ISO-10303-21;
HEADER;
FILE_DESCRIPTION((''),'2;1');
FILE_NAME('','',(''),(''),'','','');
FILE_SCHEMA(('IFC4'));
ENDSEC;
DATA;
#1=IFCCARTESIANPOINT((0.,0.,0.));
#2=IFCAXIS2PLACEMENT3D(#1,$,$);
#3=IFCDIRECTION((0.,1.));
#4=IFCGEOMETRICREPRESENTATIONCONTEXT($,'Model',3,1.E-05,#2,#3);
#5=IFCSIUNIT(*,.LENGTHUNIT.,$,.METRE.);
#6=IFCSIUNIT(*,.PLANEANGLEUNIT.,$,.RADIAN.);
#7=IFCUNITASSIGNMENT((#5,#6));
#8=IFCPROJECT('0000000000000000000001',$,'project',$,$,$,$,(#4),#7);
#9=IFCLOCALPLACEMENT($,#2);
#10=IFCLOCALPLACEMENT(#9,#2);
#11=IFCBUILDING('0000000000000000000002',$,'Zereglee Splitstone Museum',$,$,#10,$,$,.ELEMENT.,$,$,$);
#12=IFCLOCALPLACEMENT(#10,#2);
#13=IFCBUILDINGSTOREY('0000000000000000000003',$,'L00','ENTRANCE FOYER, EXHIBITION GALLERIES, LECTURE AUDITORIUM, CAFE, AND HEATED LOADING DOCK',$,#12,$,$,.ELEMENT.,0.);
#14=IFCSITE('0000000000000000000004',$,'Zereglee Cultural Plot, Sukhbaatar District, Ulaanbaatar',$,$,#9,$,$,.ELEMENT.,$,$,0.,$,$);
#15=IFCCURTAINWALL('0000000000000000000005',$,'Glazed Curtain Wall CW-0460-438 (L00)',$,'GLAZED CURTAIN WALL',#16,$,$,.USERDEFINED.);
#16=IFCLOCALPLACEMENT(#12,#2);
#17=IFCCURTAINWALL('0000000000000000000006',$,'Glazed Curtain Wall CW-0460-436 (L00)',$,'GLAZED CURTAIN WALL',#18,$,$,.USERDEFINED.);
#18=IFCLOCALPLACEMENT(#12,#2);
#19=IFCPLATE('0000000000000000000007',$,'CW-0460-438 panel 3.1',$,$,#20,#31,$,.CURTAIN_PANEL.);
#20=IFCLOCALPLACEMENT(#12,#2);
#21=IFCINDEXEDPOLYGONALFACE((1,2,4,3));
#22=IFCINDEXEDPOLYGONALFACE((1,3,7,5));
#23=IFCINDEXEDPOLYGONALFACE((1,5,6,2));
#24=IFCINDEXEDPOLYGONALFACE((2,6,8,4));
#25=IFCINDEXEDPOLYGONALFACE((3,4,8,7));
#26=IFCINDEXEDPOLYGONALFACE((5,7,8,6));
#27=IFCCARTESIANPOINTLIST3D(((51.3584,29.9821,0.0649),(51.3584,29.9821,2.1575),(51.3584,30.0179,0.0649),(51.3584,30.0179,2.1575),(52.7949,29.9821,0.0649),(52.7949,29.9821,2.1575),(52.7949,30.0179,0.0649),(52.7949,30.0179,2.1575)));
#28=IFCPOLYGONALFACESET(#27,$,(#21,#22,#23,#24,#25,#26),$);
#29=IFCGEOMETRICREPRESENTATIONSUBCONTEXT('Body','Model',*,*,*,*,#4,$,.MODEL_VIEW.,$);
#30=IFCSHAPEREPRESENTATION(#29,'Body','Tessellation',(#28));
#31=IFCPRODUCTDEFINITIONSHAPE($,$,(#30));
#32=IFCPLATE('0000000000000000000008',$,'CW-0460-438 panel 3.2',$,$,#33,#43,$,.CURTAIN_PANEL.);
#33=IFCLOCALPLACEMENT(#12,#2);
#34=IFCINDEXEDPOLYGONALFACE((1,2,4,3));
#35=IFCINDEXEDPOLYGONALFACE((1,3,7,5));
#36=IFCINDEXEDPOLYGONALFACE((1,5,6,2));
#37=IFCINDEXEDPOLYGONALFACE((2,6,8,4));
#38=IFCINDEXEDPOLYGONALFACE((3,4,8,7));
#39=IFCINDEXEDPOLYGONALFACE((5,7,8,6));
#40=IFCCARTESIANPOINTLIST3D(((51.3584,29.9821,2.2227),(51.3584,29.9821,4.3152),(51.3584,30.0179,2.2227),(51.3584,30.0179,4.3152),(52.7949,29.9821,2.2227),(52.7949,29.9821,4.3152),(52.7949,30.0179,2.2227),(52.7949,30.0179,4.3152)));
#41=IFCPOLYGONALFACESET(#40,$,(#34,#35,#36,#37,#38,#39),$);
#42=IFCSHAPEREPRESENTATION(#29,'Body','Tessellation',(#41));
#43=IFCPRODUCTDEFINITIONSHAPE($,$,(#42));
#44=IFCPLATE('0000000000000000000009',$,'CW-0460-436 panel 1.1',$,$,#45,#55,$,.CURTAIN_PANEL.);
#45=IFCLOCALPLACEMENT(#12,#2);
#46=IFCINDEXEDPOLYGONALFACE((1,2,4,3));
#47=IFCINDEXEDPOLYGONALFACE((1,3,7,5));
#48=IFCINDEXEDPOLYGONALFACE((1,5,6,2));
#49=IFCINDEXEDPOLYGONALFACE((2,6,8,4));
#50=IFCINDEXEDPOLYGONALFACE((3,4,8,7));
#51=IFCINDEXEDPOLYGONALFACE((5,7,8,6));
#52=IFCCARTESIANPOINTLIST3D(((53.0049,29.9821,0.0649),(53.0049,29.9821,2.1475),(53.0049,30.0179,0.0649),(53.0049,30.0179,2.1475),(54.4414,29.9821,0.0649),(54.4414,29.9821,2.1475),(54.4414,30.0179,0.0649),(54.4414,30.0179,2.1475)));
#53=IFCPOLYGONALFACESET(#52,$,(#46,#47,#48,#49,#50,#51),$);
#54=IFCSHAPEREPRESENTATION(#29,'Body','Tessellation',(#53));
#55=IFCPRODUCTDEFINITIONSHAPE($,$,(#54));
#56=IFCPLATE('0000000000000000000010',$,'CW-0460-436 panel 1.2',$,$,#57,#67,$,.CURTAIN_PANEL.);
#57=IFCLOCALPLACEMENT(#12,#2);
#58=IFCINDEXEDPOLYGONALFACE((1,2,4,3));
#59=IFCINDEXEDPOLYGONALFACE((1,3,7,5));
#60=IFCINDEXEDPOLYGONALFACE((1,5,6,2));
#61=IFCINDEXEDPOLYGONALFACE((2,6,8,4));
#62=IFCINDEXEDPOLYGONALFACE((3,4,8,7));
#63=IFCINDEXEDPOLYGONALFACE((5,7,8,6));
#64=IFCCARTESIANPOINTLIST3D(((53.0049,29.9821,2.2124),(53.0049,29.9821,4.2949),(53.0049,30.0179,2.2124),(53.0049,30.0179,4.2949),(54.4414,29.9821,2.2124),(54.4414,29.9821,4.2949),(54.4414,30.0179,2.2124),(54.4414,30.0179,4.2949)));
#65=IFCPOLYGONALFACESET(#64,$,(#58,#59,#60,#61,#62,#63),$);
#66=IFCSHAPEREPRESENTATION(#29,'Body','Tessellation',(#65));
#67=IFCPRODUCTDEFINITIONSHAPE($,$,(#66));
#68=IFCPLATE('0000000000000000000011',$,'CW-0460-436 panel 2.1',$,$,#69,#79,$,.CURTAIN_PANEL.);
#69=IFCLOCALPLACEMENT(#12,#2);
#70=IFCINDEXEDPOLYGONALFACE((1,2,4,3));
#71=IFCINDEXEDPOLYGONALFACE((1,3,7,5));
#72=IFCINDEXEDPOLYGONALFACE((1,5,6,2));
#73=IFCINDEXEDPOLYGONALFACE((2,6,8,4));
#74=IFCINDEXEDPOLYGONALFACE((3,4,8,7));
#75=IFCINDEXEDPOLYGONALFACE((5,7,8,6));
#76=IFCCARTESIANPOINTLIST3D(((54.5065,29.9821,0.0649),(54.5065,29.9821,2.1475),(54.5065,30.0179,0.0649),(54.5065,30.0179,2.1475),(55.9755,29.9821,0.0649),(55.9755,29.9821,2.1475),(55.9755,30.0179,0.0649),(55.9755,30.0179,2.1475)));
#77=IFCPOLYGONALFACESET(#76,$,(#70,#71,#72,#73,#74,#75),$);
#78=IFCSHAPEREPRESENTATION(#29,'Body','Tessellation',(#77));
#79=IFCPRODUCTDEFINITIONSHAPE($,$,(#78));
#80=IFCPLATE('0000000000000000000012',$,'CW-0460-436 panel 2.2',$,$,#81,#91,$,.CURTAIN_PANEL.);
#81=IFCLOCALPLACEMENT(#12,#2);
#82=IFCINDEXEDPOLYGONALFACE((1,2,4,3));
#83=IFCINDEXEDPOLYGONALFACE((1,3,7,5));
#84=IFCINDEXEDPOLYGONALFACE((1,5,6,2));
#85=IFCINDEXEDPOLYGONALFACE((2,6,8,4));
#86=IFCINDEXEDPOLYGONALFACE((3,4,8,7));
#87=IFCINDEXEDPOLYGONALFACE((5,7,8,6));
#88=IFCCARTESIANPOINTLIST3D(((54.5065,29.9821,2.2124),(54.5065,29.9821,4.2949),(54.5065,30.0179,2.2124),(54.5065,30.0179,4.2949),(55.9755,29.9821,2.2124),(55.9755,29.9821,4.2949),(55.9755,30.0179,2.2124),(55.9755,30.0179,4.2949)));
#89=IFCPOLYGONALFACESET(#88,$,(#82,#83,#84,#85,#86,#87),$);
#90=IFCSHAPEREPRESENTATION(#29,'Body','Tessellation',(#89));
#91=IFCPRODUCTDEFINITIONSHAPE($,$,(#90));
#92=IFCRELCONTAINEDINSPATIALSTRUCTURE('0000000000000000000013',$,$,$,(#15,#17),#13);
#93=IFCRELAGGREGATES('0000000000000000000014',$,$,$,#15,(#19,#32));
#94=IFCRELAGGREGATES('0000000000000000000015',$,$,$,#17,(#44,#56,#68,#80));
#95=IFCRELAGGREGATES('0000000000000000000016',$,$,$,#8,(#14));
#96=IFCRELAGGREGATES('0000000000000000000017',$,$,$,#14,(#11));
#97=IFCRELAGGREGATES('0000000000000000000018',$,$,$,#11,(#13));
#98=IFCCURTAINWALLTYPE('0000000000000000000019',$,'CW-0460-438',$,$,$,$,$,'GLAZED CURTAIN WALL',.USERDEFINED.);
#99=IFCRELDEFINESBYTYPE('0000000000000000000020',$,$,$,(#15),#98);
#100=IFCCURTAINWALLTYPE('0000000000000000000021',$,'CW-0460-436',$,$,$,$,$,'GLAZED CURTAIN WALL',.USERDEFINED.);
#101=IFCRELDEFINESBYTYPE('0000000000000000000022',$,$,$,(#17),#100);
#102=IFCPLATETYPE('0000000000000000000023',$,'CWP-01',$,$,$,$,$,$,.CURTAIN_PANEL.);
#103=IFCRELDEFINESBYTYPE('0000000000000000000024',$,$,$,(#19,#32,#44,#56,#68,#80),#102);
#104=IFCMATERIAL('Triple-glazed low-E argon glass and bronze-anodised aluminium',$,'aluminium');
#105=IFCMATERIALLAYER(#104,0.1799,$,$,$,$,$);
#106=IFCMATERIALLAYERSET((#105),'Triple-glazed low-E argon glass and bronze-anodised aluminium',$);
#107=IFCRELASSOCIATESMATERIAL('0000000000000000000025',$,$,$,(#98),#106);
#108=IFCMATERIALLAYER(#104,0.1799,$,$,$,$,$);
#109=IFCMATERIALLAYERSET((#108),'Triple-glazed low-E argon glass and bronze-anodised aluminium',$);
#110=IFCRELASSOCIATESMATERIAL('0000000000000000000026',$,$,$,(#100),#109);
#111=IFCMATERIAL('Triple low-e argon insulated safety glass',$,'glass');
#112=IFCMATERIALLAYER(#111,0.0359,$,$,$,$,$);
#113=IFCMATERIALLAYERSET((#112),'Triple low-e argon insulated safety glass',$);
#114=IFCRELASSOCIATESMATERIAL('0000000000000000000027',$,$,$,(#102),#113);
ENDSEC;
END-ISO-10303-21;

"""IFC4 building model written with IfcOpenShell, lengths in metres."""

from ifc_helpers import new_model, si_unit, direction, frame, origin, origin_2d, place, context, subcontext, project, spatial, rectangle, extrude, material, layer, layer_set, type_object, element, aggregate, save


model = new_model("IFC4")

# Units and contexts
model_context = context("Model", 3, precision=1e-05, world=origin(), true_north=direction((0.0, 1.0)))
body_context = subcontext(model_context, "Body", "Model", "MODEL_VIEW")
ifc_project = project(units=[si_unit("LENGTHUNIT", "METRE"), si_unit("PLANEANGLEUNIT", "RADIAN")], contexts=[model_context])

# Site, building, storey
site_placement = place(None, origin())
site = spatial("IfcSite", under=ifc_project, at=site_placement, Name="Zereglee Cultural Plot, Sukhbaatar District, Ulaanbaatar", CompositionType="ELEMENT", RefElevation=0.0)
building_placement = place(site_placement, origin())
building = spatial("IfcBuilding", under=site, at=building_placement, Name="Zereglee Splitstone Museum", CompositionType="ELEMENT")
storey_placement = place(building_placement, origin())
storey = spatial("IfcBuildingStorey", under=building, at=storey_placement, Name="L00", Description="ENTRANCE FOYER, EXHIBITION GALLERIES, LECTURE AUDITORIUM, CAFE, AND HEATED LOADING DOCK", CompositionType="ELEMENT", Elevation=0.0)

# Curtain walls
ifc_material_1 = material(Name="Triple-glazed low-E argon glass and bronze-anodised aluminium", Category="aluminium")
ifc_layer_1 = layer(ifc_material_1, 0.1799)
ifc_layer_set_1 = layer_set([ifc_layer_1], Name="Triple-glazed low-E argon glass and bronze-anodised aluminium")
curtain_wall_type_1 = type_object("IfcCurtainWallType", Name="CW-0460-438", ElementType="GLAZED CURTAIN WALL", PredefinedType="USERDEFINED", material=ifc_layer_set_1)
curtain_wall_1_placement = place(storey_placement, origin())
curtain_wall_1 = element("IfcCurtainWall", 1, at=curtain_wall_1_placement, inside=storey, type_object=curtain_wall_type_1, Name="Glazed Curtain Wall CW-0460-438 (L00)", ObjectType="GLAZED CURTAIN WALL", PredefinedType="USERDEFINED")
ifc_layer_2 = layer(ifc_material_1, 0.1799)
ifc_layer_set_2 = layer_set([ifc_layer_2], Name="Triple-glazed low-E argon glass and bronze-anodised aluminium")
curtain_wall_type_2 = type_object("IfcCurtainWallType", Name="CW-0460-436", ElementType="GLAZED CURTAIN WALL", PredefinedType="USERDEFINED", material=ifc_layer_set_2)
curtain_wall_2_placement = place(storey_placement, origin())
curtain_wall_2 = element("IfcCurtainWall", 2, at=curtain_wall_2_placement, inside=storey, type_object=curtain_wall_type_2, Name="Glazed Curtain Wall CW-0460-436 (L00)", ObjectType="GLAZED CURTAIN WALL", PredefinedType="USERDEFINED")

# Plates
ifc_material_2 = material(Name="Triple low-e argon insulated safety glass", Category="glass")
ifc_layer_3 = layer(ifc_material_2, 0.0359)
ifc_layer_set_3 = layer_set([ifc_layer_3], Name="Triple low-e argon insulated safety glass")
plate_type = type_object("IfcPlateType", Name="CWP-01", PredefinedType="CURTAIN_PANEL", material=ifc_layer_set_3)
plate_1_placement = place(storey_placement, frame((52.0767, 30.0, 0.0649), z_axis=(0.0, 0.0, 1.0), x_axis=(1.0, 0.0, 0.0)))
plate_1 = element("IfcPlate", 3, at=plate_1_placement, type_object=plate_type, Name="CW-0460-438 panel 3.1", PredefinedType="CURTAIN_PANEL", context=body_context, shape_type="SweptSolid", body=[
    extrude(rectangle(XDim=1.4365, YDim=0.0359, at=origin_2d()), origin(), (0.0, 0.0, 1.0), 2.0925),
])
plate_2_placement = place(storey_placement, frame((52.0767, 30.0, 2.2227), z_axis=(0.0, 0.0, 1.0), x_axis=(1.0, 0.0, 0.0)))
plate_2 = element("IfcPlate", 4, at=plate_2_placement, type_object=plate_type, Name="CW-0460-438 panel 3.2", PredefinedType="CURTAIN_PANEL", context=body_context, shape_type="SweptSolid", body=[
    extrude(rectangle(XDim=1.4365, YDim=0.0359, at=origin_2d()), origin(), (0.0, 0.0, 1.0), 2.0925),
])
aggregate(curtain_wall_1, [plate_1, plate_2])
plate_3_placement = place(storey_placement, frame((53.7231, 30.0, 0.0649), z_axis=(0.0, 0.0, 1.0), x_axis=(1.0, 0.0, 0.0)))
plate_3 = element("IfcPlate", 5, at=plate_3_placement, type_object=plate_type, Name="CW-0460-436 panel 1.1", PredefinedType="CURTAIN_PANEL", context=body_context, shape_type="SweptSolid", body=[
    extrude(rectangle(XDim=1.4365, YDim=0.0359, at=origin_2d()), origin(), (0.0, 0.0, 1.0), 2.0825),
])
plate_4_placement = place(storey_placement, frame((53.7231, 30.0, 2.2124), z_axis=(0.0, 0.0, 1.0), x_axis=(1.0, 0.0, 0.0)))
plate_4 = element("IfcPlate", 6, at=plate_4_placement, type_object=plate_type, Name="CW-0460-436 panel 1.2", PredefinedType="CURTAIN_PANEL", context=body_context, shape_type="SweptSolid", body=[
    extrude(rectangle(XDim=1.4365, YDim=0.0359, at=origin_2d()), origin(), (0.0, 0.0, 1.0), 2.0825),
])
plate_5_placement = place(storey_placement, frame((55.241, 30.0, 0.0649), z_axis=(0.0, 0.0, 1.0), x_axis=(1.0, 0.0, 0.0)))
plate_5 = element("IfcPlate", 7, at=plate_5_placement, type_object=plate_type, Name="CW-0460-436 panel 2.1", PredefinedType="CURTAIN_PANEL", context=body_context, shape_type="SweptSolid", body=[
    extrude(rectangle(XDim=1.469, YDim=0.0359, at=origin_2d()), origin(), (0.0, 0.0, 1.0), 2.0825),
])
plate_6_placement = place(storey_placement, frame((55.241, 30.0, 2.2124), z_axis=(0.0, 0.0, 1.0), x_axis=(1.0, 0.0, 0.0)))
plate_6 = element("IfcPlate", 8, at=plate_6_placement, type_object=plate_type, Name="CW-0460-436 panel 2.2", PredefinedType="CURTAIN_PANEL", context=body_context, shape_type="SweptSolid", body=[
    extrude(rectangle(XDim=1.469, YDim=0.0359, at=origin_2d()), origin(), (0.0, 0.0, 1.0), 2.0825),
])
aggregate(curtain_wall_2, [plate_3, plate_4, plate_5, plate_6])

save(model, "model.ifc")
